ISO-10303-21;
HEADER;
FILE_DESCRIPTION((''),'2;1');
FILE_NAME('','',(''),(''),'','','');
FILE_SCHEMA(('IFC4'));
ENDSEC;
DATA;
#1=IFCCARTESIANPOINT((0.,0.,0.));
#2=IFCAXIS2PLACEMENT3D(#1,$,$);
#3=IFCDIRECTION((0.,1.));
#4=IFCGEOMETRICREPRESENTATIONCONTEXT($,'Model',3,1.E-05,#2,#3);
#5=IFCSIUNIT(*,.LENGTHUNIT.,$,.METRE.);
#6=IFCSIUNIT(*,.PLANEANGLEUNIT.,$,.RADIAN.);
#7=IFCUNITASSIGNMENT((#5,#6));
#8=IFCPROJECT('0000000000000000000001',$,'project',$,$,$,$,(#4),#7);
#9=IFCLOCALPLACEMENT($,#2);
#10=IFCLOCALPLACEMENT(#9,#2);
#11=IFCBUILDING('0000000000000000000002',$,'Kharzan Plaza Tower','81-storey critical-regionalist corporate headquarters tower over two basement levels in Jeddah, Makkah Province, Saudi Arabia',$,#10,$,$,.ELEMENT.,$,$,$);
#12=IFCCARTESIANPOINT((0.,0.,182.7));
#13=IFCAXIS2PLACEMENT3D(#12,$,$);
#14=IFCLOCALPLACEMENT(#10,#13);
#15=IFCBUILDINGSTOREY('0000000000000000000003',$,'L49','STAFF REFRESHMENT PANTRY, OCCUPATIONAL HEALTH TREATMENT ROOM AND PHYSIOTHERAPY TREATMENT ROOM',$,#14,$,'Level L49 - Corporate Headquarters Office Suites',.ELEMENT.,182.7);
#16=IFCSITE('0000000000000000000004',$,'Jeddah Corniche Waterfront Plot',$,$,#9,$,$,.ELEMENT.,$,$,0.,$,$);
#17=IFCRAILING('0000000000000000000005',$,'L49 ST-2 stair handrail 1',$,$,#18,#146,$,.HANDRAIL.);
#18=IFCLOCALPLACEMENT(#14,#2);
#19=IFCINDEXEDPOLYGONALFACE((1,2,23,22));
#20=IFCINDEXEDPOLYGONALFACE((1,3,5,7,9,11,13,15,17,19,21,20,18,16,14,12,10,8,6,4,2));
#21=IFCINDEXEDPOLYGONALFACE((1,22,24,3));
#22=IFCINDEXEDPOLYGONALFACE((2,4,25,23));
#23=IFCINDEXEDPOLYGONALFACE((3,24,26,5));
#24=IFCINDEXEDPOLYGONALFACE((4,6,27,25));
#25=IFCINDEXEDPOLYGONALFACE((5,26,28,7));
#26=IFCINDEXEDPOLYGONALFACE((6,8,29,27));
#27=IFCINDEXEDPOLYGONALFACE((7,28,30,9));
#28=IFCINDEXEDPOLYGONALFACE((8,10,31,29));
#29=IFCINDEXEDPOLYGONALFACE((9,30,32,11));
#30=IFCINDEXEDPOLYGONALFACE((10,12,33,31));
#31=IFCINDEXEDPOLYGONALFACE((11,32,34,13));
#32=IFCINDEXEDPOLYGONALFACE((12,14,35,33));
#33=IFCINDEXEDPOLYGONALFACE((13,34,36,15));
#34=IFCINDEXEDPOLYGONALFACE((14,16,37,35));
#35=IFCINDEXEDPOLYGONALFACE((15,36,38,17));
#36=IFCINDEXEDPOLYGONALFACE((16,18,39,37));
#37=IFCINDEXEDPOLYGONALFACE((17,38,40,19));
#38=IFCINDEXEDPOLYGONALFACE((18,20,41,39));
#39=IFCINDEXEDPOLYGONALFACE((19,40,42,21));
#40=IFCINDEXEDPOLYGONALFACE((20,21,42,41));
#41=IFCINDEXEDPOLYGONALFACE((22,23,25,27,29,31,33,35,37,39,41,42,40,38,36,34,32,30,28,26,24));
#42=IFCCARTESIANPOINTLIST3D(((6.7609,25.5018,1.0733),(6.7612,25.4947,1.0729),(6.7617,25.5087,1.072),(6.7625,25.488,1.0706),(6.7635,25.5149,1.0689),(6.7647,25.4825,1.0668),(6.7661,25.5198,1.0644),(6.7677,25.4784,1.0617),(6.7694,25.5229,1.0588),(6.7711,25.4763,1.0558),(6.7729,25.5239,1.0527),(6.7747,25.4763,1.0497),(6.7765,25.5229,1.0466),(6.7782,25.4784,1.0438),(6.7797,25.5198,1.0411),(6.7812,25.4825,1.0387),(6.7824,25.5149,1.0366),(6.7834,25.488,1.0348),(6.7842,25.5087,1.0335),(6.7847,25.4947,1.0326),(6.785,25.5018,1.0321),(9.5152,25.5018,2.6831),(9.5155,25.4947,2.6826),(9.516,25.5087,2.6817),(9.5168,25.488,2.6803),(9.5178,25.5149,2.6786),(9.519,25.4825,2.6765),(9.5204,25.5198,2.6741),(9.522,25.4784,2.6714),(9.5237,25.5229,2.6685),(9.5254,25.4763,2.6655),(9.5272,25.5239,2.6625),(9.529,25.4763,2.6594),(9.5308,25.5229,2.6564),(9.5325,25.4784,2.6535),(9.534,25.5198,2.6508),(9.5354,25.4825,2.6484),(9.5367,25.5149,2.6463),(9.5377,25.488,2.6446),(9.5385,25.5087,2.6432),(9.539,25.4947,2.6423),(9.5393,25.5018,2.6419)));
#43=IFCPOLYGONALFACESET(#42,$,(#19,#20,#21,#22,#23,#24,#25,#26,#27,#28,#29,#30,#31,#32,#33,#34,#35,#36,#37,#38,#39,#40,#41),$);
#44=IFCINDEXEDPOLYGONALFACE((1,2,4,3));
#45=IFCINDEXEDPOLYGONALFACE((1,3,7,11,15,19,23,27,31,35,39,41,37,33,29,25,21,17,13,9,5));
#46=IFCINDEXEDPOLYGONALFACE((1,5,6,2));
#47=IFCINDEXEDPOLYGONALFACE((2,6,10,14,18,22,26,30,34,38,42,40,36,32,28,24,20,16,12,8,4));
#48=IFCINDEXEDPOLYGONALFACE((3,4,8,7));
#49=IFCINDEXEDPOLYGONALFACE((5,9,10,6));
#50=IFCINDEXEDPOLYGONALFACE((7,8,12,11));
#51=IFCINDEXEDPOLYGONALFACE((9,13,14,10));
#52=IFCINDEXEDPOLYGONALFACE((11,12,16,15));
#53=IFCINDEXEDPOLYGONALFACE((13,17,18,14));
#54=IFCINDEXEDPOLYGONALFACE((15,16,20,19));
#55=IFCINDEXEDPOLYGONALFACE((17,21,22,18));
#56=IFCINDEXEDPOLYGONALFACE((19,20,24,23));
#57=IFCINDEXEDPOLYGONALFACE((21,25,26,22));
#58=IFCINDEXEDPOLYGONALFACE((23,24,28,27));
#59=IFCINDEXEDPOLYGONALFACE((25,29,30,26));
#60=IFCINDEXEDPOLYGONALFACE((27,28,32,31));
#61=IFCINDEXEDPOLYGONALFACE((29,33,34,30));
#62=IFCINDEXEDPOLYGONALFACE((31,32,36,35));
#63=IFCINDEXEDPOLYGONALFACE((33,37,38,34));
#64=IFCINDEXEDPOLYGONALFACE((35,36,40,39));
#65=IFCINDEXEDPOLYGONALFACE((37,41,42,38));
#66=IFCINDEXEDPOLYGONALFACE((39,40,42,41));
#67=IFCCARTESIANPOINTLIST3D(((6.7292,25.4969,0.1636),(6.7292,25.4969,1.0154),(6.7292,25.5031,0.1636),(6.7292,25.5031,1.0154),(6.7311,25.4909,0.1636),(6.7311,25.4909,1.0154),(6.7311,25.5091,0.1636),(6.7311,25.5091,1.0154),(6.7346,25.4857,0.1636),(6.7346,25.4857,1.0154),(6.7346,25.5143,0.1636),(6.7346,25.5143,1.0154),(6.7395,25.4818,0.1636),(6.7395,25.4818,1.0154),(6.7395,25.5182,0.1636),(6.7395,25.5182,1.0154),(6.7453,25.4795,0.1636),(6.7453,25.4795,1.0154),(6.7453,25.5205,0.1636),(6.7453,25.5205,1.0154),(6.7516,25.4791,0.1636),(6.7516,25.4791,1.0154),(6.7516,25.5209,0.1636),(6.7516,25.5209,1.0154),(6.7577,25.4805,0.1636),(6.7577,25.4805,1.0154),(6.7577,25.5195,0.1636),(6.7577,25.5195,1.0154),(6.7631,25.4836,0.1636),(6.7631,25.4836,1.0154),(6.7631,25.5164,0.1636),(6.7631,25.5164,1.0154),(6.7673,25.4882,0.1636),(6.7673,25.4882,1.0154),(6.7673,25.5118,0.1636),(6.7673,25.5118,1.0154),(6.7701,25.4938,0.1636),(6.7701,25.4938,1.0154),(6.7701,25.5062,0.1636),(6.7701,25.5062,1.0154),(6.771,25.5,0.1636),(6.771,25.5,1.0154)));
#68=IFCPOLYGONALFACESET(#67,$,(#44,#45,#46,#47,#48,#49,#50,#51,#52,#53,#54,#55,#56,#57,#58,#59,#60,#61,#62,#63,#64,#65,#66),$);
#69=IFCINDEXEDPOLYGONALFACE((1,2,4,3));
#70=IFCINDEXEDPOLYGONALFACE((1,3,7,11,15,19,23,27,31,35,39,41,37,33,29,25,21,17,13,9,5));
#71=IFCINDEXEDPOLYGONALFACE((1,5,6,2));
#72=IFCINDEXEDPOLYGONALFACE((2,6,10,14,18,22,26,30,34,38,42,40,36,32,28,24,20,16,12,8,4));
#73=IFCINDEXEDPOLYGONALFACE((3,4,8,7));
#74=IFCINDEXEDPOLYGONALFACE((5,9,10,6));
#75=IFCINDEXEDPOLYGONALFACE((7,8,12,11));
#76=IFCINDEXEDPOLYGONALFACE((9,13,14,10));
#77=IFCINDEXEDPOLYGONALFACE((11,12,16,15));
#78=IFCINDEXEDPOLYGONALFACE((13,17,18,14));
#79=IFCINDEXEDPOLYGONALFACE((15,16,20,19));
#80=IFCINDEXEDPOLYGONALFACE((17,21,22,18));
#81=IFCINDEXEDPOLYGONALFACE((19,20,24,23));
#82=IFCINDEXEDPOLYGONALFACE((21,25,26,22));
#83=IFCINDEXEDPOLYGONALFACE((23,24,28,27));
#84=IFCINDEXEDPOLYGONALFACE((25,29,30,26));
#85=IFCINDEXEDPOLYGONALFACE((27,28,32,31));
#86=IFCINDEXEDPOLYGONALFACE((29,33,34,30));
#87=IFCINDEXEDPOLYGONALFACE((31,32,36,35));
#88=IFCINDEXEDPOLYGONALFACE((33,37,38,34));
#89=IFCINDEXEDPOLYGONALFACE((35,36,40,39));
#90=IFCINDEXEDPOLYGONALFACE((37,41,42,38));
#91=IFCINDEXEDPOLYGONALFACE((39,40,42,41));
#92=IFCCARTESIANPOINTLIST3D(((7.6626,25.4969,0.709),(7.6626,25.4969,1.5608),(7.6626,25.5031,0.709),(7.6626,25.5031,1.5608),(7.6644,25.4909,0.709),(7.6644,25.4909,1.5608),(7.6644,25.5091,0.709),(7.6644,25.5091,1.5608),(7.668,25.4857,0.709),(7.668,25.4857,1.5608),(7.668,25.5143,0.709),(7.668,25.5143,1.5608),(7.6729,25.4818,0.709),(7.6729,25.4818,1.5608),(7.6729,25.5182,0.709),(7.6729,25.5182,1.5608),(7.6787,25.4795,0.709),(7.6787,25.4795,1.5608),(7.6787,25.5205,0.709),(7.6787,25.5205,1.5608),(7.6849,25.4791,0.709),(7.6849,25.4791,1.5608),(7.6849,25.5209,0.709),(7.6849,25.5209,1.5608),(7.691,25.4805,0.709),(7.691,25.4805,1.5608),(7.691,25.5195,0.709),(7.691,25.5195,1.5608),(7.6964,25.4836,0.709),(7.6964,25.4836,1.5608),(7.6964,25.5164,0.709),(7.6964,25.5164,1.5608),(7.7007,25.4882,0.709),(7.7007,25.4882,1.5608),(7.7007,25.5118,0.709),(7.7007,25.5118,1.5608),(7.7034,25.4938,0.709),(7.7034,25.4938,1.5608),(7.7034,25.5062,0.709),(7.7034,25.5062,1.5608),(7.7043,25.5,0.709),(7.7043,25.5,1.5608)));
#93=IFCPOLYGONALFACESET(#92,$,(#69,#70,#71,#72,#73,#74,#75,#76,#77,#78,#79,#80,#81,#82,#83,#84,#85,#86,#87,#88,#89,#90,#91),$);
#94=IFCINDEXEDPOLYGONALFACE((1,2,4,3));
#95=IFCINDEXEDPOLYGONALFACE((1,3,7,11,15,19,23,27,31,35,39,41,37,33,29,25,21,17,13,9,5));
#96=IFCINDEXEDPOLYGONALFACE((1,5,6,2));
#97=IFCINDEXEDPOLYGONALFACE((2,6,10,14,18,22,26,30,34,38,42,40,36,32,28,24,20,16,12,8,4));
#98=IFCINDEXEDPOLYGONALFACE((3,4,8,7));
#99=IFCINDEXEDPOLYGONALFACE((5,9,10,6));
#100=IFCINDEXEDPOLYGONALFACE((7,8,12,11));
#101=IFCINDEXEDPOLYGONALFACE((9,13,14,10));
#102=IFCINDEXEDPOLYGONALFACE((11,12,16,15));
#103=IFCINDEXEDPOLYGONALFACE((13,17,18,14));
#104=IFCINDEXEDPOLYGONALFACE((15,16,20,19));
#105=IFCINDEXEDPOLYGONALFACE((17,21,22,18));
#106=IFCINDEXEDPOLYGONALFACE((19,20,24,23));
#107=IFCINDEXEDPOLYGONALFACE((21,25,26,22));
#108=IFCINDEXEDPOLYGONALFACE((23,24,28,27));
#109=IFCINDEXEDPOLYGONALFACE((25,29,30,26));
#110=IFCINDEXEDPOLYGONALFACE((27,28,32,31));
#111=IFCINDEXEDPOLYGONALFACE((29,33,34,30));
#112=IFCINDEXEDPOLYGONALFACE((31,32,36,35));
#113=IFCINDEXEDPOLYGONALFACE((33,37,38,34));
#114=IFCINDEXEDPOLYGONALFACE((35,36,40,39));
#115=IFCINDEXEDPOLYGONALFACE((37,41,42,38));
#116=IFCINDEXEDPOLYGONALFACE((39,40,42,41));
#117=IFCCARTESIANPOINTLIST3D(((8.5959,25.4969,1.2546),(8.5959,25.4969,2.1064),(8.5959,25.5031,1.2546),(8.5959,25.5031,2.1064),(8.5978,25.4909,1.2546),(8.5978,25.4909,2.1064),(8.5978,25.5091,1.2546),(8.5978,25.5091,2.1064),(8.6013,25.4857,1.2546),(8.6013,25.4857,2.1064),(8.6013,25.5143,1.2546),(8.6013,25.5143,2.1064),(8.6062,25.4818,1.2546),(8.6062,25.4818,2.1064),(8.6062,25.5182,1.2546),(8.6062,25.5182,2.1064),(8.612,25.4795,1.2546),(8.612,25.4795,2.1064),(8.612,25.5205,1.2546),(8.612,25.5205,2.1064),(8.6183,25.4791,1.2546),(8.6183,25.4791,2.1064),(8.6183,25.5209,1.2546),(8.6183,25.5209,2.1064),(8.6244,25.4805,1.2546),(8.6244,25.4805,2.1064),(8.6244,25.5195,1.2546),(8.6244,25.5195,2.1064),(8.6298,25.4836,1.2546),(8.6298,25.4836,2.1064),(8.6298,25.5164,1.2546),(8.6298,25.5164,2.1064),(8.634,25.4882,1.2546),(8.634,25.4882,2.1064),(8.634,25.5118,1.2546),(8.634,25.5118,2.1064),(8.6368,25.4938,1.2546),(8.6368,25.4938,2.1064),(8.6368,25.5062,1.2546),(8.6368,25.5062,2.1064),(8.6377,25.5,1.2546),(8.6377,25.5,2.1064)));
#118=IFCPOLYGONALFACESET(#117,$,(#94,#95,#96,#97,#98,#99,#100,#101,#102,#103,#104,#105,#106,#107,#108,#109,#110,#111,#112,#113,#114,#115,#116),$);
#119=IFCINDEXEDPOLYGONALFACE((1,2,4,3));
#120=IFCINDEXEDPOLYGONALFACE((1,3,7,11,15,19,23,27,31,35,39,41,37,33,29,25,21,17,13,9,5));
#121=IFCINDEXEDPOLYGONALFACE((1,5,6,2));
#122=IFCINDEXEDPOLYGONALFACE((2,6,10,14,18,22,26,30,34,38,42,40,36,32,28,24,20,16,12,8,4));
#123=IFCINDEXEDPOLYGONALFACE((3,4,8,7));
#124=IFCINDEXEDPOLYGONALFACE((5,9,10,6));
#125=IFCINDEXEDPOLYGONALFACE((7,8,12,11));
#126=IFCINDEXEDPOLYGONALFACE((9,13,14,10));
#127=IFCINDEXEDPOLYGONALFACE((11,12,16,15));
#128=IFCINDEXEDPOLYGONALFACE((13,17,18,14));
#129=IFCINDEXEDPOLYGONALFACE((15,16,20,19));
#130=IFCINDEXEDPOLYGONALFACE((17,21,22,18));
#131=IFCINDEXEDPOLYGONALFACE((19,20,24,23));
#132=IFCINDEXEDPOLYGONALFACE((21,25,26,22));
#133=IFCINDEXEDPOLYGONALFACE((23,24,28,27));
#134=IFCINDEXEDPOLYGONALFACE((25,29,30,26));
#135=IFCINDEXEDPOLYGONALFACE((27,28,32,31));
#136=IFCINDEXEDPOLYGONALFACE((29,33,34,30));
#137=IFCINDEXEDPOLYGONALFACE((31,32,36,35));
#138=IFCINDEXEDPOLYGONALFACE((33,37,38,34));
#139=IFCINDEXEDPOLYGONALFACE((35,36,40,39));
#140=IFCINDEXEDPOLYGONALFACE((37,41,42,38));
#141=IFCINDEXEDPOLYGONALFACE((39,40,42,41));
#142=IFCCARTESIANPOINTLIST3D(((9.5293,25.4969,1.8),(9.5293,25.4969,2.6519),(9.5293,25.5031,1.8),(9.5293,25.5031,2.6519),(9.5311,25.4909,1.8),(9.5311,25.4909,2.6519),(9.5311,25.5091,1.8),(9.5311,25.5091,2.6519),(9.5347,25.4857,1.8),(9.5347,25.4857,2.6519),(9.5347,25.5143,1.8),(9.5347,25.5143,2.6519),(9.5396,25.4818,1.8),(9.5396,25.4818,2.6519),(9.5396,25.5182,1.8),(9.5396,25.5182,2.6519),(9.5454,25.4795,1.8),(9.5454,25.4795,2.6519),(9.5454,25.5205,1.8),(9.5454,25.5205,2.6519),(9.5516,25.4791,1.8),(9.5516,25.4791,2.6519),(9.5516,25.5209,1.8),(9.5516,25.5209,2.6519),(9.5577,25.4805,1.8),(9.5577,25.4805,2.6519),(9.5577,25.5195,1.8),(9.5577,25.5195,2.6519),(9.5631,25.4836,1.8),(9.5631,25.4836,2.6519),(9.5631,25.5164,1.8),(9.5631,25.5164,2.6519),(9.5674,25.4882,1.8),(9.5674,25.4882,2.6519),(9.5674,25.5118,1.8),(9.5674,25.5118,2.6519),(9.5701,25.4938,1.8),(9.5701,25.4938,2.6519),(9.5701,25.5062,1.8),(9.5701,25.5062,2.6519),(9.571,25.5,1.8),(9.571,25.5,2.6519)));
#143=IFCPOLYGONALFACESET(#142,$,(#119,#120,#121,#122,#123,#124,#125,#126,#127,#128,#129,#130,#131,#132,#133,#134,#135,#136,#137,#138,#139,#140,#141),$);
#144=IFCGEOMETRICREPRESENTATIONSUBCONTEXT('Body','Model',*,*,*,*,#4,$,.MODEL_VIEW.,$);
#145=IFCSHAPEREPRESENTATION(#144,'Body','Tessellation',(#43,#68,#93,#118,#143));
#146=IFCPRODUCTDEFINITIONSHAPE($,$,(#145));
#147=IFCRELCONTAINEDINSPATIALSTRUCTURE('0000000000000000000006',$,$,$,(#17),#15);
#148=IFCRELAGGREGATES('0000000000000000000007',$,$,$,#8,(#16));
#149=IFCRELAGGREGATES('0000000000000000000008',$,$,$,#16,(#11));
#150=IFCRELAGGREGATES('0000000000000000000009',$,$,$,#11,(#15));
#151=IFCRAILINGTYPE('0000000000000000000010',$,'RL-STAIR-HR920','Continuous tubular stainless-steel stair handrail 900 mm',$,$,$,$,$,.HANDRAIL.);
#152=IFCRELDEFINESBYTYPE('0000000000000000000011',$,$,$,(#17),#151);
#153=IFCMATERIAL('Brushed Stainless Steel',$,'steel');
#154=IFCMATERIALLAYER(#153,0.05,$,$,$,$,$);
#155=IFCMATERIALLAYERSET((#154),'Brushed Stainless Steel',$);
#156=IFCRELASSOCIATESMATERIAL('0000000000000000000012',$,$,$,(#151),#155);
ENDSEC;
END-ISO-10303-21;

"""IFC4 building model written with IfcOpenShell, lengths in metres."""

from ifc_helpers import new_model, si_unit, direction, frame, origin, origin_2d, place, context, subcontext, project, spatial, circle, extrude, source, transform, mapped, material, layer, layer_set, type_object, element, save


model = new_model("IFC4")

# Units and contexts
model_context = context("Model", 3, precision=1e-05, world=origin(), true_north=direction((0.0, 1.0)))
body_context = subcontext(model_context, "Body", "Model", "MODEL_VIEW")
ifc_project = project(units=[si_unit("LENGTHUNIT", "METRE"), si_unit("PLANEANGLEUNIT", "RADIAN")], contexts=[model_context])

# Site, building, storey
site_placement = place(None, origin())
site = spatial("IfcSite", under=ifc_project, at=site_placement, Name="Jeddah Corniche Waterfront Plot", CompositionType="ELEMENT", RefElevation=0.0)
building_placement = place(site_placement, origin())
building = spatial("IfcBuilding", under=site, at=building_placement, Name="Kharzan Plaza Tower", Description="81-storey critical-regionalist corporate headquarters tower over two basement levels in Jeddah, Makkah Province, Saudi Arabia", CompositionType="ELEMENT")
storey_placement = place(building_placement, frame((0.0, 0.0, 182.7)))
storey = spatial("IfcBuildingStorey", under=building, at=storey_placement, Name="L49", Description="STAFF REFRESHMENT PANTRY, OCCUPATIONAL HEALTH TREATMENT ROOM AND PHYSIOTHERAPY TREATMENT ROOM", LongName="Level L49 - Corporate Headquarters Office Suites", CompositionType="ELEMENT", Elevation=182.7)

# Shared definitions
ifc_material_1 = material(Name="Brushed Stainless Steel", Category="steel")

# Railing
ifc_layer_1 = layer(ifc_material_1, 0.05)
ifc_layer_set_1 = layer_set([ifc_layer_1], Name="Brushed Stainless Steel")
railing_type_1 = type_object("IfcRailingType", Name="RL-STAIR-HR920", Description="Continuous tubular stainless-steel stair handrail 900 mm", PredefinedType="HANDRAIL", material=ifc_layer_set_1)
shared_shape_1 = source(origin(), body_context, "Body", "SweptSolid", [
    extrude(circle(Radius=0.0239, at=origin_2d()), frame((0.0229, 0.0, 0.8892), z_axis=(0.863361, 0.0, 0.504587), x_axis=(0.0, 1.0, 0.0)), (0.0, 0.0, 1.0), 3.1902),
    extrude(circle(Radius=0.021, at=origin_2d()), origin(), (0.0, 0.0, 1.0), 0.8518),
    extrude(circle(Radius=0.021, at=origin_2d()), frame((0.9333, 0.0, 0.5454)), (0.0, 0.0, 1.0), 0.8518),
    extrude(circle(Radius=0.021, at=origin_2d()), frame((1.8667, 0.0, 1.0911)), (0.0, 0.0, 1.0), 0.8518),
    extrude(circle(Radius=0.021, at=origin_2d()), frame((2.8, 0.0, 1.6365)), (0.0, 0.0, 1.0), 0.8518),
])
railing_1_placement = place(storey_placement, frame((6.75, 25.5, 0.1636)))
element("IfcRailing", 1, at=railing_1_placement, inside=storey, type_object=railing_type_1, Name="L49 ST-2 stair handrail 1", PredefinedType="HANDRAIL", context=body_context, shape_type="MappedRepresentation", body=[
    mapped(shared_shape_1, transform((0.0, 0.0, 0.0), x_axis=(1.0, 0.0, 0.0), y_axis=(0.0, 1.0, 0.0), z_axis=(0.0, 0.0, 1.0))),
])

save(model, "model.ifc")
